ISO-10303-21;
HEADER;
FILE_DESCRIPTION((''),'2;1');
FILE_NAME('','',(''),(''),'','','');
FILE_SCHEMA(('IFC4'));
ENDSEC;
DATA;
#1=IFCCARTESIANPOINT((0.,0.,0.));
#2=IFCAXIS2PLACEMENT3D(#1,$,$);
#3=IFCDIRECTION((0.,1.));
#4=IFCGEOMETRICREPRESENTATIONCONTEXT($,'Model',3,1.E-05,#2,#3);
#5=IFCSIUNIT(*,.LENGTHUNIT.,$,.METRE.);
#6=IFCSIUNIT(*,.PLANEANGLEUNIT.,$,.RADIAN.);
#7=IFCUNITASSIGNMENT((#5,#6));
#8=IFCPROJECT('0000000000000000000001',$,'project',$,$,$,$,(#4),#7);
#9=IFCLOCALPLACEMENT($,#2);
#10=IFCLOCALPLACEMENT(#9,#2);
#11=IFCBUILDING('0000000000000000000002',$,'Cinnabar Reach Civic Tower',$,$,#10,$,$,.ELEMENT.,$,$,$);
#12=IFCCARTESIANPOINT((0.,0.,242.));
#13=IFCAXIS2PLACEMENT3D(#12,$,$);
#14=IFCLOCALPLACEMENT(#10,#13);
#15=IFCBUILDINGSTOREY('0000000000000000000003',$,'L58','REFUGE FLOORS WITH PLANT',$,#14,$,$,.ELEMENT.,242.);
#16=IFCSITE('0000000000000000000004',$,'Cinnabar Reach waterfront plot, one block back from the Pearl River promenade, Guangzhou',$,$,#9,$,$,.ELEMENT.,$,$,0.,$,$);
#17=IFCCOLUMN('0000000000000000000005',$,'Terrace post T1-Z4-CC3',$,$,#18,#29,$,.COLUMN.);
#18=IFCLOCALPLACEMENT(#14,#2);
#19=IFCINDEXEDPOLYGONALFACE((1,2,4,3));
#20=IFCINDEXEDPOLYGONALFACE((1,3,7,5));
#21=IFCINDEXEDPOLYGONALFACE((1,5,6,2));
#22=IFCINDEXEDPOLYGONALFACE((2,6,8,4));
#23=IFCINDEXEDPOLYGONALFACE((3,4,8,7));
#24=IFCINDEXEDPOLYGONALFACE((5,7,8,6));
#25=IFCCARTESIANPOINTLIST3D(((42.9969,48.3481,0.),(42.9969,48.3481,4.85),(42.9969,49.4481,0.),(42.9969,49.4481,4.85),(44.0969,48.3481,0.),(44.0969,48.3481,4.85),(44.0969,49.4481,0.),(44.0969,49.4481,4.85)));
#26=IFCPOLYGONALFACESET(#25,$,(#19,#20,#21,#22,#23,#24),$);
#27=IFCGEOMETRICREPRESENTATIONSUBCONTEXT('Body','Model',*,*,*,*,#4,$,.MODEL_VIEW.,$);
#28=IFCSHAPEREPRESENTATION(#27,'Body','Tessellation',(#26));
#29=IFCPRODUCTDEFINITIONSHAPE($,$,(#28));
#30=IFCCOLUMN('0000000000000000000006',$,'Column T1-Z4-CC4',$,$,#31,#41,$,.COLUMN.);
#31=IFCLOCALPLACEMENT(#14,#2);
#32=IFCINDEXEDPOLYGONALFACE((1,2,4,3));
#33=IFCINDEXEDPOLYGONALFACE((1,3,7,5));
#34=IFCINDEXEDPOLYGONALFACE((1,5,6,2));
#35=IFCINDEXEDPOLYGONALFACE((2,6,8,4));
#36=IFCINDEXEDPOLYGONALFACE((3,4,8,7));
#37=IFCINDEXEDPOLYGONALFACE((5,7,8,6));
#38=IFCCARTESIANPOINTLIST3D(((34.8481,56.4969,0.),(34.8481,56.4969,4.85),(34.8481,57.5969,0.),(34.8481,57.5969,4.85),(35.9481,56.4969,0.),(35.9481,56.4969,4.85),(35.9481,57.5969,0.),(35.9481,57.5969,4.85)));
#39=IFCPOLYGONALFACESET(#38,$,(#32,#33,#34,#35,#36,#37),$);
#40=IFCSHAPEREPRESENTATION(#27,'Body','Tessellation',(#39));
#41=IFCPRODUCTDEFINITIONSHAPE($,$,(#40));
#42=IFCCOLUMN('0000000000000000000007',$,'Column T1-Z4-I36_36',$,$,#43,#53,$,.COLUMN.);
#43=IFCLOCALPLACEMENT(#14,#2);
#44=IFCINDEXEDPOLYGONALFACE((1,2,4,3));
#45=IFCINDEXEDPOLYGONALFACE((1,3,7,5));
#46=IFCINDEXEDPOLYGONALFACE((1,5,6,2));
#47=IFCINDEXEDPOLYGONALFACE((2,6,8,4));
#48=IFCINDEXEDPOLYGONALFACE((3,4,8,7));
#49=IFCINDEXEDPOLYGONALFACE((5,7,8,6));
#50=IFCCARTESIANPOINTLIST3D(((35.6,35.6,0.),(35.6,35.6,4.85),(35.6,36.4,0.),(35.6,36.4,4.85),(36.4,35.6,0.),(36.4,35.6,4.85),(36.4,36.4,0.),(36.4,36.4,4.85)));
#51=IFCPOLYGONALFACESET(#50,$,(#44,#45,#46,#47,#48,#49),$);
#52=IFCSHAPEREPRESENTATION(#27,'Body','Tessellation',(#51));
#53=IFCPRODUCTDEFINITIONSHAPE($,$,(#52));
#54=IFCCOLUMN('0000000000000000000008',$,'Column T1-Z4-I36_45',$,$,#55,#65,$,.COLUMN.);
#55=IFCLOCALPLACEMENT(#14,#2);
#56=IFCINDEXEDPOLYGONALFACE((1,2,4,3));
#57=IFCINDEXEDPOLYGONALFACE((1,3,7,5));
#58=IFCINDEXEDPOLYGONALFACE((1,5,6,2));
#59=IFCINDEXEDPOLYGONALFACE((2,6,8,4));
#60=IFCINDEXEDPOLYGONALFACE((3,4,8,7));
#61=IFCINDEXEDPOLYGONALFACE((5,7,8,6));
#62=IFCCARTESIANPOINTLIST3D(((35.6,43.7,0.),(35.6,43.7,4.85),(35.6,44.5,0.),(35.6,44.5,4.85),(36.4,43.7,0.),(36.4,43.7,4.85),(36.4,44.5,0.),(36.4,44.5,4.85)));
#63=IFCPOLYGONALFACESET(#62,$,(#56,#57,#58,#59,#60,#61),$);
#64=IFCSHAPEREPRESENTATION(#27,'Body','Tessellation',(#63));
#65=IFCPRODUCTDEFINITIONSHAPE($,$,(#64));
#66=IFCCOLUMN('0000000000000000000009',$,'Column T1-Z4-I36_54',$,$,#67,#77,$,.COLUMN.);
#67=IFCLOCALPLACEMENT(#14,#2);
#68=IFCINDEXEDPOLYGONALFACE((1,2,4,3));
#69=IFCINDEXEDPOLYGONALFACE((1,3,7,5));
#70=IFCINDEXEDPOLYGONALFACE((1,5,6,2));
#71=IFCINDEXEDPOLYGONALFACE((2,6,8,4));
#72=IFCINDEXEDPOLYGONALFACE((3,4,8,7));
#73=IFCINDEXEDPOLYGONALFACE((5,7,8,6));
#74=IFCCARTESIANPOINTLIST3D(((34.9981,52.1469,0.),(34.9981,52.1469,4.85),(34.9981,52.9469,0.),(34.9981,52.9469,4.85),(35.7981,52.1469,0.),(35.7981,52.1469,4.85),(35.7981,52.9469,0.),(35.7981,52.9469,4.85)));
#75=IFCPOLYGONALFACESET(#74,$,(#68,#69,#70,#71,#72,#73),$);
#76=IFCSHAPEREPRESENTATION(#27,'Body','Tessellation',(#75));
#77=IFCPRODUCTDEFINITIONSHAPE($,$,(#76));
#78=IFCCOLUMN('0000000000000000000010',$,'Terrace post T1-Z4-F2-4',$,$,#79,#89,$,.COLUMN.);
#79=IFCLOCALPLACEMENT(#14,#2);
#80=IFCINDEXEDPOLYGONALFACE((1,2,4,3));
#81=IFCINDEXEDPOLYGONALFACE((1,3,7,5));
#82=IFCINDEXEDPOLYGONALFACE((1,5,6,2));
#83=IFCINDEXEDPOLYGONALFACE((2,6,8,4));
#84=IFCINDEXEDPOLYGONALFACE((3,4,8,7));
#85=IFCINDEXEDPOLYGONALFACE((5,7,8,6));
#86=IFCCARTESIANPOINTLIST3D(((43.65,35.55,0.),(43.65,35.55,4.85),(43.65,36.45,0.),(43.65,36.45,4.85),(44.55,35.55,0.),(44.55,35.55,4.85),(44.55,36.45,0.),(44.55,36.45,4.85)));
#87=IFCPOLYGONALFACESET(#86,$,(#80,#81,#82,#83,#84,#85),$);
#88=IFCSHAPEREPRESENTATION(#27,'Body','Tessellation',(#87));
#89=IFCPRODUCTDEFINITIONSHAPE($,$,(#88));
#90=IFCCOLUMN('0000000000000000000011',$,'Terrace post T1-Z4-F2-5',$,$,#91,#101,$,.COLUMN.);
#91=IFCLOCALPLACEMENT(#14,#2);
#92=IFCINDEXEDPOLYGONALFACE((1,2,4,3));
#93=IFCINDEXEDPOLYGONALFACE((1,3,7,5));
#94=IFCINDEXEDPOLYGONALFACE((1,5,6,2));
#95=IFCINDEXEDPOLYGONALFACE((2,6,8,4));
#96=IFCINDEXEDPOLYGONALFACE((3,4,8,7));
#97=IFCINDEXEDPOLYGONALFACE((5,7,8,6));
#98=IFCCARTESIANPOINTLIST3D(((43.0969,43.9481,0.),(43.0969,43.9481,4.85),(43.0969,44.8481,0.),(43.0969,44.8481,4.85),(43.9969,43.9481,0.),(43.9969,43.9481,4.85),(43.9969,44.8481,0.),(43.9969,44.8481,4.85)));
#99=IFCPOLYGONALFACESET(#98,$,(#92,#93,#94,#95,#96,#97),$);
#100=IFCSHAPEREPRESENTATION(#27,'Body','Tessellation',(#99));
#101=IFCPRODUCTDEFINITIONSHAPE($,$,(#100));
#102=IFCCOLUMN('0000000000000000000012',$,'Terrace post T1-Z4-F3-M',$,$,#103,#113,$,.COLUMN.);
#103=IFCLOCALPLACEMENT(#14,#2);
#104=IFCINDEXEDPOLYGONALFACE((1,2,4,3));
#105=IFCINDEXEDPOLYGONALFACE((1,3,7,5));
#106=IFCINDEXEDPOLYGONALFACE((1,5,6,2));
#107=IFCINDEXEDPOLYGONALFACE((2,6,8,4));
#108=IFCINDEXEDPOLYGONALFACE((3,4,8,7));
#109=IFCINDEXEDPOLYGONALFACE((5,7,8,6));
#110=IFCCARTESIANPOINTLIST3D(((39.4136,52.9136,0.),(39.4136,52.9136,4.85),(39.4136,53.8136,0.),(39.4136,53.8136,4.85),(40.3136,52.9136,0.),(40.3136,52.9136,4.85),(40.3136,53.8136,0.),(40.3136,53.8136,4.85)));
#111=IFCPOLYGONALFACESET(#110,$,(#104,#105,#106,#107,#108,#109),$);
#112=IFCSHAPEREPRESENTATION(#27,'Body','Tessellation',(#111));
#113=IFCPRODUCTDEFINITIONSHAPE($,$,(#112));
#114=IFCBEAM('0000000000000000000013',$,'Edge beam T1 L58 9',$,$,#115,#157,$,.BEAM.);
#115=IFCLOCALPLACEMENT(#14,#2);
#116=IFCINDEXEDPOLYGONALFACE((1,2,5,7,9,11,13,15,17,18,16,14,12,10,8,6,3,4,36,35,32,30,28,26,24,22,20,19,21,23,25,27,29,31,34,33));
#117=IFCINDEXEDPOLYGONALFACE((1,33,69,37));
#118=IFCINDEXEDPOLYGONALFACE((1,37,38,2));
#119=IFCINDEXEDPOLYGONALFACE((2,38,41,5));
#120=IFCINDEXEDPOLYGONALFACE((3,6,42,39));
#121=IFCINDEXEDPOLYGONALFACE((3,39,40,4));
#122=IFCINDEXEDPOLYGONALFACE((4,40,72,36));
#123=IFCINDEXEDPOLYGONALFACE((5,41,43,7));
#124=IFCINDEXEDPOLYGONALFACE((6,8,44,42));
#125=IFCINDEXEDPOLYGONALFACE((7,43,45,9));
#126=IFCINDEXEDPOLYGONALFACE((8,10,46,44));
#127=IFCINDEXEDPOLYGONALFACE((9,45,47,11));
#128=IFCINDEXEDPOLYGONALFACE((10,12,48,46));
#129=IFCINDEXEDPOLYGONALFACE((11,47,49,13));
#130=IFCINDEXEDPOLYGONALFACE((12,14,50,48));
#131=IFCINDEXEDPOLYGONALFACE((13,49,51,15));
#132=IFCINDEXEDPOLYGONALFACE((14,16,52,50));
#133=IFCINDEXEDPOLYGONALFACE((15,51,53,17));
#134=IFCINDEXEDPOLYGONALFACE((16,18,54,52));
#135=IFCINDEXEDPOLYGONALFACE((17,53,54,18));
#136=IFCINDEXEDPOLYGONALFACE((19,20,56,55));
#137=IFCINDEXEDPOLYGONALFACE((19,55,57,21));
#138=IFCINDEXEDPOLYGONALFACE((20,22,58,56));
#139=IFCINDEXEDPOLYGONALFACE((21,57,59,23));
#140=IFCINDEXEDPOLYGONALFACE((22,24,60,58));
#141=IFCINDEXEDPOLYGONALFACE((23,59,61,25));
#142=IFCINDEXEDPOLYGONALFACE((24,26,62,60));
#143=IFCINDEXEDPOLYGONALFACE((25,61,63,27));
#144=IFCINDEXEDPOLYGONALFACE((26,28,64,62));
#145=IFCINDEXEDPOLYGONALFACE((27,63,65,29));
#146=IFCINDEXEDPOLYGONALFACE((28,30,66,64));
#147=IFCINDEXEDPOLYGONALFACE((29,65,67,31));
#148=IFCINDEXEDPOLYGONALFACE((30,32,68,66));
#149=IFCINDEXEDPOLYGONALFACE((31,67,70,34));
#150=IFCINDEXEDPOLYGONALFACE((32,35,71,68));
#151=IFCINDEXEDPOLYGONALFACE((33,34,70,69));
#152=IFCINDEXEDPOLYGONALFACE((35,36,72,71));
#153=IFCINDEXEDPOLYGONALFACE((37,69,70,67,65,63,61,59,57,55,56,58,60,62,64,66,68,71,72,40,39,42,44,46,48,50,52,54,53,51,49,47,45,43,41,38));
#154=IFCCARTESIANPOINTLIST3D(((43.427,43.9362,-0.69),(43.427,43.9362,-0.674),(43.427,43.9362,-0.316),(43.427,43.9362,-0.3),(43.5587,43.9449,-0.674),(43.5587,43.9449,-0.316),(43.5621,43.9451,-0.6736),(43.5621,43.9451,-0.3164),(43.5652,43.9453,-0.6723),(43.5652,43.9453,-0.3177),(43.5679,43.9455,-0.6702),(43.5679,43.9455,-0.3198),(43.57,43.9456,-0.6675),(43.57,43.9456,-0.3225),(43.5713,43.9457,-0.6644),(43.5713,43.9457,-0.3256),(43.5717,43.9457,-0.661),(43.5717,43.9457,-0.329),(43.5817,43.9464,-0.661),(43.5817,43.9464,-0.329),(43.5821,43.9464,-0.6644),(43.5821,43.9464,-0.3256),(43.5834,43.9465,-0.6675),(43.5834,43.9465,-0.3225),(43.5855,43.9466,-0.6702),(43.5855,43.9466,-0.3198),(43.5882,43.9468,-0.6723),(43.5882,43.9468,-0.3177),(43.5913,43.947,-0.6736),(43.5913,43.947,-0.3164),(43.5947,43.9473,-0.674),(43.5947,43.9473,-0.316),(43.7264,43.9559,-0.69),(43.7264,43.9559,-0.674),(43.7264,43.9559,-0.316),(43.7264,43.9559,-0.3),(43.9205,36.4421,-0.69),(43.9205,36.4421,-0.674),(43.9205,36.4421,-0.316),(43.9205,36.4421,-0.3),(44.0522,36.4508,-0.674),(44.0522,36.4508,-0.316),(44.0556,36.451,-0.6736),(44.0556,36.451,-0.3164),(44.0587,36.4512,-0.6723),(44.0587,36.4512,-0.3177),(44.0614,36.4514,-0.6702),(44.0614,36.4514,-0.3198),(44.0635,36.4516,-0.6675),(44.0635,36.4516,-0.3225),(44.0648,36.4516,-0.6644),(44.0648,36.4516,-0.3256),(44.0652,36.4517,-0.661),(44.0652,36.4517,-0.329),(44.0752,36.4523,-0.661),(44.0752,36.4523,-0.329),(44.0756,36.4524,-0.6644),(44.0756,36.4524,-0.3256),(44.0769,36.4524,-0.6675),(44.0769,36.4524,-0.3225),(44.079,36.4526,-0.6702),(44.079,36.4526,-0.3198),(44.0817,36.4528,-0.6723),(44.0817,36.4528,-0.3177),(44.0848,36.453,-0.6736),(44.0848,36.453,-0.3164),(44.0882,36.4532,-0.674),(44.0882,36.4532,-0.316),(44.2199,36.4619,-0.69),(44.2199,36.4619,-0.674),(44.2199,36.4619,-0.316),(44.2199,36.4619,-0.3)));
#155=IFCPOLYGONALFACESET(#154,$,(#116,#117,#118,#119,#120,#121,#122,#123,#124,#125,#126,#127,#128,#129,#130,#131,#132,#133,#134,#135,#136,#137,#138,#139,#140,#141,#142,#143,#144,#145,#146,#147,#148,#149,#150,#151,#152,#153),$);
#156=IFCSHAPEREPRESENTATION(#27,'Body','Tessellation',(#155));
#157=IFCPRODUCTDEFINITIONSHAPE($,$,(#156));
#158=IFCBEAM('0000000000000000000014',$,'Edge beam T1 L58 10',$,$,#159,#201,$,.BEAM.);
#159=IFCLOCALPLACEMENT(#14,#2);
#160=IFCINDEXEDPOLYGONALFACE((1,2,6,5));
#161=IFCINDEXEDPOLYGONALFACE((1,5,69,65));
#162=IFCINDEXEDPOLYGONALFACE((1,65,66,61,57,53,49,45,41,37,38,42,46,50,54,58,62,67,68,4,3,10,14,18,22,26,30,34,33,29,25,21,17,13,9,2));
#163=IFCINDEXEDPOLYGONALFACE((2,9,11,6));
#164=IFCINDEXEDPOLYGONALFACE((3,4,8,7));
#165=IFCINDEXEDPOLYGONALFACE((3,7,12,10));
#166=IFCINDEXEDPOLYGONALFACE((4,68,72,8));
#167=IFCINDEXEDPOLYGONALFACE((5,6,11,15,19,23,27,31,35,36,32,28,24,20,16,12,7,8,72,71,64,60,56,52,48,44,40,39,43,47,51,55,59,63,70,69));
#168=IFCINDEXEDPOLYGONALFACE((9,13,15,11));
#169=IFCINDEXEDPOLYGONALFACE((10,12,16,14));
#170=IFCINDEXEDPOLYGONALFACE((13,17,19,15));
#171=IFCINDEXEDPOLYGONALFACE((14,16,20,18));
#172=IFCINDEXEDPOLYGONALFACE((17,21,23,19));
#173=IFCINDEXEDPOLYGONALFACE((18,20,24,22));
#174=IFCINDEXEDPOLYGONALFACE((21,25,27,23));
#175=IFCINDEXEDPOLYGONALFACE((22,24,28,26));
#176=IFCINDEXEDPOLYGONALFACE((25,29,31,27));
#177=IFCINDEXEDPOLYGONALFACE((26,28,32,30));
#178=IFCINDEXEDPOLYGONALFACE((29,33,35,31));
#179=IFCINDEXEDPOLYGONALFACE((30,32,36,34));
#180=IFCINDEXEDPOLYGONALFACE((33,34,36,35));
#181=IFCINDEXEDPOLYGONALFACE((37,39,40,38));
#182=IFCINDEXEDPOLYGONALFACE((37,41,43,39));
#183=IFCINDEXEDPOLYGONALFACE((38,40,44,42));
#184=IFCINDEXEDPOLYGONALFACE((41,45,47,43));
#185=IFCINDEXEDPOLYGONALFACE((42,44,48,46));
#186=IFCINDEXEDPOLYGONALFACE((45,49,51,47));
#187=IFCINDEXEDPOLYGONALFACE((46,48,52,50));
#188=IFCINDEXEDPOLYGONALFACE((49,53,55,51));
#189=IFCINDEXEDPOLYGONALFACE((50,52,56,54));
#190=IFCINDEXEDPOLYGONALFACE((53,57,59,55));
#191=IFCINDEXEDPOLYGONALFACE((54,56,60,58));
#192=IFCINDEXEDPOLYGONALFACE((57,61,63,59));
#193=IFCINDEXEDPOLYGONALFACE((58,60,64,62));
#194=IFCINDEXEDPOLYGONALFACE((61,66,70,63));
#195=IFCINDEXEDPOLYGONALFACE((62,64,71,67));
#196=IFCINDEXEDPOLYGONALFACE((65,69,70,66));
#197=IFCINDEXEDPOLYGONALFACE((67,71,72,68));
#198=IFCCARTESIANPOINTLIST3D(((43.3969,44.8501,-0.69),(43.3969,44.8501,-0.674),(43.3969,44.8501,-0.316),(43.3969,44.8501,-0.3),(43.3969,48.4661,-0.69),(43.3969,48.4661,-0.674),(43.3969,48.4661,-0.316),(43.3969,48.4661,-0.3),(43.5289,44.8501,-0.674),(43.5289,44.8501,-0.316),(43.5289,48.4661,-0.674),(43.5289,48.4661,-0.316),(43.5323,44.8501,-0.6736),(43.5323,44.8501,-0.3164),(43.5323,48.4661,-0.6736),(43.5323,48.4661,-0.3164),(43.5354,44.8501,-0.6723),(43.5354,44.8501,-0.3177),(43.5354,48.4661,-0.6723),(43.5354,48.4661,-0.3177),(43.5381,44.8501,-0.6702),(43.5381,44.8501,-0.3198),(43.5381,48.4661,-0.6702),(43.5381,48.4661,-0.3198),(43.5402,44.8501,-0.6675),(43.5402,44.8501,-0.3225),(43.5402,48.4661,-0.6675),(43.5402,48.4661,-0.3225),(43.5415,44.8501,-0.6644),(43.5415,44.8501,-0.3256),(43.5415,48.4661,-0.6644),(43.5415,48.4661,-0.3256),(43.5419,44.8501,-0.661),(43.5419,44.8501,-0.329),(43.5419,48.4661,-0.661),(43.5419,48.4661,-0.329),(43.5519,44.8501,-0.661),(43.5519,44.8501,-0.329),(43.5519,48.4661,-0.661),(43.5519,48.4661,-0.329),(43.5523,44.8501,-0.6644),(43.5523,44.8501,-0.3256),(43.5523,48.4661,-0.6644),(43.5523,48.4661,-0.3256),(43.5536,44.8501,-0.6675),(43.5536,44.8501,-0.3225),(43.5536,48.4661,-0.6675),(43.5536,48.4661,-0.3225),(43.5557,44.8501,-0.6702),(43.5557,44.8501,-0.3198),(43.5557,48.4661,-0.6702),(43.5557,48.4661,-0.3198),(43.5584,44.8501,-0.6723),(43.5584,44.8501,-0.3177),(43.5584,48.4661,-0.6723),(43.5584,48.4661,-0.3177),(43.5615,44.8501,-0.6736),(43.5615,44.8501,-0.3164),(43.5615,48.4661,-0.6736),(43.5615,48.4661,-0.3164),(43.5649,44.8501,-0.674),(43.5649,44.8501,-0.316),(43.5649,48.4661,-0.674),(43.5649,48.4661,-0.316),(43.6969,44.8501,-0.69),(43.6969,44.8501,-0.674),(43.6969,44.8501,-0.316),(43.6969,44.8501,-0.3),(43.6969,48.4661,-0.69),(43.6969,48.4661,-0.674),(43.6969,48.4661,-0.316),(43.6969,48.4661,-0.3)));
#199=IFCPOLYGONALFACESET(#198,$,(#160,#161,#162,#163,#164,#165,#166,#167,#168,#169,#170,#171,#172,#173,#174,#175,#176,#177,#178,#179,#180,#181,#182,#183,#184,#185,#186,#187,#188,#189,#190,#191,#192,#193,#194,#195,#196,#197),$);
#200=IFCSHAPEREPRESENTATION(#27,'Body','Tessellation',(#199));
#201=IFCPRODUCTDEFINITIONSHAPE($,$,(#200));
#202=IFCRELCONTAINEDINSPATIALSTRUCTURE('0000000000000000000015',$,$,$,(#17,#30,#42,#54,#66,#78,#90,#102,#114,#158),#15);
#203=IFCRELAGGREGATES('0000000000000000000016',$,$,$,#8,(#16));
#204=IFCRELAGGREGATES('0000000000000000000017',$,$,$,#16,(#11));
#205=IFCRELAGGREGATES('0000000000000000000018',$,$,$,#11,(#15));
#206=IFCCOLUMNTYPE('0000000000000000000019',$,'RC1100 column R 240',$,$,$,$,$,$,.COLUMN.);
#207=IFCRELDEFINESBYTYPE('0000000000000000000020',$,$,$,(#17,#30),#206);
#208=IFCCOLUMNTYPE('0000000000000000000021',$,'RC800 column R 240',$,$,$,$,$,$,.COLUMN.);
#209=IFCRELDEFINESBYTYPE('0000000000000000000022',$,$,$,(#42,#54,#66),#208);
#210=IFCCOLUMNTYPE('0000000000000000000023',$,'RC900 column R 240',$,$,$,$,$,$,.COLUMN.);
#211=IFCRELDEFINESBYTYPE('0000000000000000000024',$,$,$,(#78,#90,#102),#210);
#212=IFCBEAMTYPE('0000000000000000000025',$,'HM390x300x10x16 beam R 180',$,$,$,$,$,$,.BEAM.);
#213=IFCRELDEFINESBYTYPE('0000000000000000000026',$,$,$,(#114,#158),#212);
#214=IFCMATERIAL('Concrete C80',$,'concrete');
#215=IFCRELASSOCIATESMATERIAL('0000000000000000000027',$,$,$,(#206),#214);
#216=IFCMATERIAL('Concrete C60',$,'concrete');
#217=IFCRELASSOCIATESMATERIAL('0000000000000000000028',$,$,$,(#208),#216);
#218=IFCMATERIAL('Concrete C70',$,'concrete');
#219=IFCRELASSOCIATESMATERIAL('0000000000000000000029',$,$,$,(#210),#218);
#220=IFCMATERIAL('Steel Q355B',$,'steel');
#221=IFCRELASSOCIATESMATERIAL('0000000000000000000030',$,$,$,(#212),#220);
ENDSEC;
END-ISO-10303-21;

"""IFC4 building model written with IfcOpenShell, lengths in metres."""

from ifc_helpers import new_model, si_unit, direction, frame, origin, origin_2d, place, context, subcontext, project, spatial, rectangle, i_section, extrude, material, material_profile, profile_set, type_object, element, save


model = new_model("IFC4")

# Units and contexts
model_context = context("Model", 3, precision=1e-05, world=origin(), true_north=direction((0.0, 1.0)))
body_context = subcontext(model_context, "Body", "Model", "MODEL_VIEW")
ifc_project = project(units=[si_unit("LENGTHUNIT", "METRE"), si_unit("PLANEANGLEUNIT", "RADIAN")], contexts=[model_context])

# Site, building, storey
site_placement = place(None, origin())
site = spatial("IfcSite", under=ifc_project, at=site_placement, Name="Cinnabar Reach waterfront plot, one block back from the Pearl River promenade, Guangzhou", CompositionType="ELEMENT", RefElevation=0.0)
building_placement = place(site_placement, origin())
building = spatial("IfcBuilding", under=site, at=building_placement, Name="Cinnabar Reach Civic Tower", CompositionType="ELEMENT")
storey_placement = place(building_placement, frame((0.0, 0.0, 242.0)))
storey = spatial("IfcBuildingStorey", under=building, at=storey_placement, Name="L58", Description="REFUGE FLOORS WITH PLANT", CompositionType="ELEMENT", Elevation=242.0)

# Columns
ifc_material_1 = material(Name="Concrete C80", Category="concrete")
ifc_material_profile_1 = material_profile(ifc_material_1, rectangle(XDim=1.1, YDim=1.1, at=origin_2d()), Name="RC1100")
ifc_profile_set_1 = profile_set([ifc_material_profile_1], Name="Concrete C80")
column_type_1 = type_object("IfcColumnType", Name="RC1100 column R 240", PredefinedType="COLUMN", material=ifc_profile_set_1)
for number, where, z_axis, x_axis, name in (
    (1, (43.5469, 48.8981, 0.0), (0.0, 0.0, 1.0), (1.0, 0.0, 0.0), "Terrace post T1-Z4-CC3"),
    (2, (35.3981, 57.0469, 0.0), (0.0, 0.0, 1.0), (1.0, 0.0, 0.0), "Column T1-Z4-CC4"),
):
    element("IfcColumn", number, at=place(storey_placement, frame(where, z_axis=z_axis, x_axis=x_axis)), inside=storey, type_object=column_type_1, Name=name, PredefinedType="COLUMN", context=body_context, shape_type="SweptSolid", body=[
        extrude(rectangle(XDim=1.1, YDim=1.1, at=origin_2d()), origin(), (0.0, 0.0, 1.0), 4.85),
    ])
ifc_material_2 = material(Name="Concrete C60", Category="concrete")
ifc_material_profile_2 = material_profile(ifc_material_2, rectangle(XDim=0.8, YDim=0.8, at=origin_2d()), Name="RC800")
ifc_profile_set_2 = profile_set([ifc_material_profile_2], Name="Concrete C60")
column_type_2 = type_object("IfcColumnType", Name="RC800 column R 240", PredefinedType="COLUMN", material=ifc_profile_set_2)
for number, where, z_axis, x_axis, name in (
    (3, (36.0, 36.0, 0.0), (0.0, 0.0, 1.0), (1.0, 0.0, 0.0), "Column T1-Z4-I36_36"),
    (4, (36.0, 44.1, 0.0), (0.0, 0.0, 1.0), (1.0, 0.0, 0.0), "Column T1-Z4-I36_45"),
    (5, (35.3981, 52.5469, 0.0), (0.0, 0.0, 1.0), (1.0, 0.0, 0.0), "Column T1-Z4-I36_54"),
):
    element("IfcColumn", number, at=place(storey_placement, frame(where, z_axis=z_axis, x_axis=x_axis)), inside=storey, type_object=column_type_2, Name=name, PredefinedType="COLUMN", context=body_context, shape_type="SweptSolid", body=[
        extrude(rectangle(XDim=0.8, YDim=0.8, at=origin_2d()), origin(), (0.0, 0.0, 1.0), 4.85),
    ])
ifc_material_3 = material(Name="Concrete C70", Category="concrete")
ifc_material_profile_3 = material_profile(ifc_material_3, rectangle(XDim=0.9, YDim=0.9, at=origin_2d()), Name="RC900")
ifc_profile_set_3 = profile_set([ifc_material_profile_3], Name="Concrete C70")
column_type_3 = type_object("IfcColumnType", Name="RC900 column R 240", PredefinedType="COLUMN", material=ifc_profile_set_3)
for number, where, z_axis, x_axis, name in (
    (6, (44.1, 36.0, 0.0), (0.0, 0.0, 1.0), (1.0, 0.0, 0.0), "Terrace post T1-Z4-F2-4"),
    (7, (43.5469, 44.3981, 0.0), (0.0, 0.0, 1.0), (1.0, 0.0, 0.0), "Terrace post T1-Z4-F2-5"),
    (8, (39.8636, 53.3636, 0.0), (0.0, 0.0, 1.0), (1.0, 0.0, 0.0), "Terrace post T1-Z4-F3-M"),
):
    element("IfcColumn", number, at=place(storey_placement, frame(where, z_axis=z_axis, x_axis=x_axis)), inside=storey, type_object=column_type_3, Name=name, PredefinedType="COLUMN", context=body_context, shape_type="SweptSolid", body=[
        extrude(rectangle(XDim=0.9, YDim=0.9, at=origin_2d()), origin(), (0.0, 0.0, 1.0), 4.85),
    ])

# Beams
ifc_material_4 = material(Name="Steel Q355B", Category="steel")
ifc_material_profile_4 = material_profile(ifc_material_4, i_section(OverallWidth=0.3, OverallDepth=0.39, WebThickness=0.01, FlangeThickness=0.016, FilletRadius=0.013, at=origin_2d()), Name="HM390x300x10x16")
ifc_profile_set_4 = profile_set([ifc_material_profile_4], Name="Steel Q355B")
beam_type_1 = type_object("IfcBeamType", Name="HM390x300x10x16 beam R 180", PredefinedType="BEAM", material=ifc_profile_set_4)
beam_1_placement = place(storey_placement, frame((44.0702, 36.452, -0.495), z_axis=(-0.065709, 0.997839, 0.0), x_axis=(-0.997839, -0.065709, 0.0)))
element("IfcBeam", 9, at=beam_1_placement, inside=storey, type_object=beam_type_1, Name="Edge beam T1 L58 9", PredefinedType="BEAM", context=body_context, shape_type="SweptSolid", body=[
    extrude(i_section(OverallWidth=0.3, OverallDepth=0.39, WebThickness=0.01, FlangeThickness=0.016, FilletRadius=0.013, at=origin_2d()), origin(), (0.0, 0.0, 1.0), 7.5103),
])
beam_2_placement = place(storey_placement, frame((43.5469, 44.8501, -0.495), z_axis=(0.0, 1.0, 0.0), x_axis=(-1.0, 0.0, 0.0)))
element("IfcBeam", 10, at=beam_2_placement, inside=storey, type_object=beam_type_1, Name="Edge beam T1 L58 10", PredefinedType="BEAM", context=body_context, shape_type="SweptSolid", body=[
    extrude(i_section(OverallWidth=0.3, OverallDepth=0.39, WebThickness=0.01, FlangeThickness=0.016, FilletRadius=0.013, at=origin_2d()), origin(), (0.0, 0.0, 1.0), 3.616),
])

save(model, "model.ifc")
